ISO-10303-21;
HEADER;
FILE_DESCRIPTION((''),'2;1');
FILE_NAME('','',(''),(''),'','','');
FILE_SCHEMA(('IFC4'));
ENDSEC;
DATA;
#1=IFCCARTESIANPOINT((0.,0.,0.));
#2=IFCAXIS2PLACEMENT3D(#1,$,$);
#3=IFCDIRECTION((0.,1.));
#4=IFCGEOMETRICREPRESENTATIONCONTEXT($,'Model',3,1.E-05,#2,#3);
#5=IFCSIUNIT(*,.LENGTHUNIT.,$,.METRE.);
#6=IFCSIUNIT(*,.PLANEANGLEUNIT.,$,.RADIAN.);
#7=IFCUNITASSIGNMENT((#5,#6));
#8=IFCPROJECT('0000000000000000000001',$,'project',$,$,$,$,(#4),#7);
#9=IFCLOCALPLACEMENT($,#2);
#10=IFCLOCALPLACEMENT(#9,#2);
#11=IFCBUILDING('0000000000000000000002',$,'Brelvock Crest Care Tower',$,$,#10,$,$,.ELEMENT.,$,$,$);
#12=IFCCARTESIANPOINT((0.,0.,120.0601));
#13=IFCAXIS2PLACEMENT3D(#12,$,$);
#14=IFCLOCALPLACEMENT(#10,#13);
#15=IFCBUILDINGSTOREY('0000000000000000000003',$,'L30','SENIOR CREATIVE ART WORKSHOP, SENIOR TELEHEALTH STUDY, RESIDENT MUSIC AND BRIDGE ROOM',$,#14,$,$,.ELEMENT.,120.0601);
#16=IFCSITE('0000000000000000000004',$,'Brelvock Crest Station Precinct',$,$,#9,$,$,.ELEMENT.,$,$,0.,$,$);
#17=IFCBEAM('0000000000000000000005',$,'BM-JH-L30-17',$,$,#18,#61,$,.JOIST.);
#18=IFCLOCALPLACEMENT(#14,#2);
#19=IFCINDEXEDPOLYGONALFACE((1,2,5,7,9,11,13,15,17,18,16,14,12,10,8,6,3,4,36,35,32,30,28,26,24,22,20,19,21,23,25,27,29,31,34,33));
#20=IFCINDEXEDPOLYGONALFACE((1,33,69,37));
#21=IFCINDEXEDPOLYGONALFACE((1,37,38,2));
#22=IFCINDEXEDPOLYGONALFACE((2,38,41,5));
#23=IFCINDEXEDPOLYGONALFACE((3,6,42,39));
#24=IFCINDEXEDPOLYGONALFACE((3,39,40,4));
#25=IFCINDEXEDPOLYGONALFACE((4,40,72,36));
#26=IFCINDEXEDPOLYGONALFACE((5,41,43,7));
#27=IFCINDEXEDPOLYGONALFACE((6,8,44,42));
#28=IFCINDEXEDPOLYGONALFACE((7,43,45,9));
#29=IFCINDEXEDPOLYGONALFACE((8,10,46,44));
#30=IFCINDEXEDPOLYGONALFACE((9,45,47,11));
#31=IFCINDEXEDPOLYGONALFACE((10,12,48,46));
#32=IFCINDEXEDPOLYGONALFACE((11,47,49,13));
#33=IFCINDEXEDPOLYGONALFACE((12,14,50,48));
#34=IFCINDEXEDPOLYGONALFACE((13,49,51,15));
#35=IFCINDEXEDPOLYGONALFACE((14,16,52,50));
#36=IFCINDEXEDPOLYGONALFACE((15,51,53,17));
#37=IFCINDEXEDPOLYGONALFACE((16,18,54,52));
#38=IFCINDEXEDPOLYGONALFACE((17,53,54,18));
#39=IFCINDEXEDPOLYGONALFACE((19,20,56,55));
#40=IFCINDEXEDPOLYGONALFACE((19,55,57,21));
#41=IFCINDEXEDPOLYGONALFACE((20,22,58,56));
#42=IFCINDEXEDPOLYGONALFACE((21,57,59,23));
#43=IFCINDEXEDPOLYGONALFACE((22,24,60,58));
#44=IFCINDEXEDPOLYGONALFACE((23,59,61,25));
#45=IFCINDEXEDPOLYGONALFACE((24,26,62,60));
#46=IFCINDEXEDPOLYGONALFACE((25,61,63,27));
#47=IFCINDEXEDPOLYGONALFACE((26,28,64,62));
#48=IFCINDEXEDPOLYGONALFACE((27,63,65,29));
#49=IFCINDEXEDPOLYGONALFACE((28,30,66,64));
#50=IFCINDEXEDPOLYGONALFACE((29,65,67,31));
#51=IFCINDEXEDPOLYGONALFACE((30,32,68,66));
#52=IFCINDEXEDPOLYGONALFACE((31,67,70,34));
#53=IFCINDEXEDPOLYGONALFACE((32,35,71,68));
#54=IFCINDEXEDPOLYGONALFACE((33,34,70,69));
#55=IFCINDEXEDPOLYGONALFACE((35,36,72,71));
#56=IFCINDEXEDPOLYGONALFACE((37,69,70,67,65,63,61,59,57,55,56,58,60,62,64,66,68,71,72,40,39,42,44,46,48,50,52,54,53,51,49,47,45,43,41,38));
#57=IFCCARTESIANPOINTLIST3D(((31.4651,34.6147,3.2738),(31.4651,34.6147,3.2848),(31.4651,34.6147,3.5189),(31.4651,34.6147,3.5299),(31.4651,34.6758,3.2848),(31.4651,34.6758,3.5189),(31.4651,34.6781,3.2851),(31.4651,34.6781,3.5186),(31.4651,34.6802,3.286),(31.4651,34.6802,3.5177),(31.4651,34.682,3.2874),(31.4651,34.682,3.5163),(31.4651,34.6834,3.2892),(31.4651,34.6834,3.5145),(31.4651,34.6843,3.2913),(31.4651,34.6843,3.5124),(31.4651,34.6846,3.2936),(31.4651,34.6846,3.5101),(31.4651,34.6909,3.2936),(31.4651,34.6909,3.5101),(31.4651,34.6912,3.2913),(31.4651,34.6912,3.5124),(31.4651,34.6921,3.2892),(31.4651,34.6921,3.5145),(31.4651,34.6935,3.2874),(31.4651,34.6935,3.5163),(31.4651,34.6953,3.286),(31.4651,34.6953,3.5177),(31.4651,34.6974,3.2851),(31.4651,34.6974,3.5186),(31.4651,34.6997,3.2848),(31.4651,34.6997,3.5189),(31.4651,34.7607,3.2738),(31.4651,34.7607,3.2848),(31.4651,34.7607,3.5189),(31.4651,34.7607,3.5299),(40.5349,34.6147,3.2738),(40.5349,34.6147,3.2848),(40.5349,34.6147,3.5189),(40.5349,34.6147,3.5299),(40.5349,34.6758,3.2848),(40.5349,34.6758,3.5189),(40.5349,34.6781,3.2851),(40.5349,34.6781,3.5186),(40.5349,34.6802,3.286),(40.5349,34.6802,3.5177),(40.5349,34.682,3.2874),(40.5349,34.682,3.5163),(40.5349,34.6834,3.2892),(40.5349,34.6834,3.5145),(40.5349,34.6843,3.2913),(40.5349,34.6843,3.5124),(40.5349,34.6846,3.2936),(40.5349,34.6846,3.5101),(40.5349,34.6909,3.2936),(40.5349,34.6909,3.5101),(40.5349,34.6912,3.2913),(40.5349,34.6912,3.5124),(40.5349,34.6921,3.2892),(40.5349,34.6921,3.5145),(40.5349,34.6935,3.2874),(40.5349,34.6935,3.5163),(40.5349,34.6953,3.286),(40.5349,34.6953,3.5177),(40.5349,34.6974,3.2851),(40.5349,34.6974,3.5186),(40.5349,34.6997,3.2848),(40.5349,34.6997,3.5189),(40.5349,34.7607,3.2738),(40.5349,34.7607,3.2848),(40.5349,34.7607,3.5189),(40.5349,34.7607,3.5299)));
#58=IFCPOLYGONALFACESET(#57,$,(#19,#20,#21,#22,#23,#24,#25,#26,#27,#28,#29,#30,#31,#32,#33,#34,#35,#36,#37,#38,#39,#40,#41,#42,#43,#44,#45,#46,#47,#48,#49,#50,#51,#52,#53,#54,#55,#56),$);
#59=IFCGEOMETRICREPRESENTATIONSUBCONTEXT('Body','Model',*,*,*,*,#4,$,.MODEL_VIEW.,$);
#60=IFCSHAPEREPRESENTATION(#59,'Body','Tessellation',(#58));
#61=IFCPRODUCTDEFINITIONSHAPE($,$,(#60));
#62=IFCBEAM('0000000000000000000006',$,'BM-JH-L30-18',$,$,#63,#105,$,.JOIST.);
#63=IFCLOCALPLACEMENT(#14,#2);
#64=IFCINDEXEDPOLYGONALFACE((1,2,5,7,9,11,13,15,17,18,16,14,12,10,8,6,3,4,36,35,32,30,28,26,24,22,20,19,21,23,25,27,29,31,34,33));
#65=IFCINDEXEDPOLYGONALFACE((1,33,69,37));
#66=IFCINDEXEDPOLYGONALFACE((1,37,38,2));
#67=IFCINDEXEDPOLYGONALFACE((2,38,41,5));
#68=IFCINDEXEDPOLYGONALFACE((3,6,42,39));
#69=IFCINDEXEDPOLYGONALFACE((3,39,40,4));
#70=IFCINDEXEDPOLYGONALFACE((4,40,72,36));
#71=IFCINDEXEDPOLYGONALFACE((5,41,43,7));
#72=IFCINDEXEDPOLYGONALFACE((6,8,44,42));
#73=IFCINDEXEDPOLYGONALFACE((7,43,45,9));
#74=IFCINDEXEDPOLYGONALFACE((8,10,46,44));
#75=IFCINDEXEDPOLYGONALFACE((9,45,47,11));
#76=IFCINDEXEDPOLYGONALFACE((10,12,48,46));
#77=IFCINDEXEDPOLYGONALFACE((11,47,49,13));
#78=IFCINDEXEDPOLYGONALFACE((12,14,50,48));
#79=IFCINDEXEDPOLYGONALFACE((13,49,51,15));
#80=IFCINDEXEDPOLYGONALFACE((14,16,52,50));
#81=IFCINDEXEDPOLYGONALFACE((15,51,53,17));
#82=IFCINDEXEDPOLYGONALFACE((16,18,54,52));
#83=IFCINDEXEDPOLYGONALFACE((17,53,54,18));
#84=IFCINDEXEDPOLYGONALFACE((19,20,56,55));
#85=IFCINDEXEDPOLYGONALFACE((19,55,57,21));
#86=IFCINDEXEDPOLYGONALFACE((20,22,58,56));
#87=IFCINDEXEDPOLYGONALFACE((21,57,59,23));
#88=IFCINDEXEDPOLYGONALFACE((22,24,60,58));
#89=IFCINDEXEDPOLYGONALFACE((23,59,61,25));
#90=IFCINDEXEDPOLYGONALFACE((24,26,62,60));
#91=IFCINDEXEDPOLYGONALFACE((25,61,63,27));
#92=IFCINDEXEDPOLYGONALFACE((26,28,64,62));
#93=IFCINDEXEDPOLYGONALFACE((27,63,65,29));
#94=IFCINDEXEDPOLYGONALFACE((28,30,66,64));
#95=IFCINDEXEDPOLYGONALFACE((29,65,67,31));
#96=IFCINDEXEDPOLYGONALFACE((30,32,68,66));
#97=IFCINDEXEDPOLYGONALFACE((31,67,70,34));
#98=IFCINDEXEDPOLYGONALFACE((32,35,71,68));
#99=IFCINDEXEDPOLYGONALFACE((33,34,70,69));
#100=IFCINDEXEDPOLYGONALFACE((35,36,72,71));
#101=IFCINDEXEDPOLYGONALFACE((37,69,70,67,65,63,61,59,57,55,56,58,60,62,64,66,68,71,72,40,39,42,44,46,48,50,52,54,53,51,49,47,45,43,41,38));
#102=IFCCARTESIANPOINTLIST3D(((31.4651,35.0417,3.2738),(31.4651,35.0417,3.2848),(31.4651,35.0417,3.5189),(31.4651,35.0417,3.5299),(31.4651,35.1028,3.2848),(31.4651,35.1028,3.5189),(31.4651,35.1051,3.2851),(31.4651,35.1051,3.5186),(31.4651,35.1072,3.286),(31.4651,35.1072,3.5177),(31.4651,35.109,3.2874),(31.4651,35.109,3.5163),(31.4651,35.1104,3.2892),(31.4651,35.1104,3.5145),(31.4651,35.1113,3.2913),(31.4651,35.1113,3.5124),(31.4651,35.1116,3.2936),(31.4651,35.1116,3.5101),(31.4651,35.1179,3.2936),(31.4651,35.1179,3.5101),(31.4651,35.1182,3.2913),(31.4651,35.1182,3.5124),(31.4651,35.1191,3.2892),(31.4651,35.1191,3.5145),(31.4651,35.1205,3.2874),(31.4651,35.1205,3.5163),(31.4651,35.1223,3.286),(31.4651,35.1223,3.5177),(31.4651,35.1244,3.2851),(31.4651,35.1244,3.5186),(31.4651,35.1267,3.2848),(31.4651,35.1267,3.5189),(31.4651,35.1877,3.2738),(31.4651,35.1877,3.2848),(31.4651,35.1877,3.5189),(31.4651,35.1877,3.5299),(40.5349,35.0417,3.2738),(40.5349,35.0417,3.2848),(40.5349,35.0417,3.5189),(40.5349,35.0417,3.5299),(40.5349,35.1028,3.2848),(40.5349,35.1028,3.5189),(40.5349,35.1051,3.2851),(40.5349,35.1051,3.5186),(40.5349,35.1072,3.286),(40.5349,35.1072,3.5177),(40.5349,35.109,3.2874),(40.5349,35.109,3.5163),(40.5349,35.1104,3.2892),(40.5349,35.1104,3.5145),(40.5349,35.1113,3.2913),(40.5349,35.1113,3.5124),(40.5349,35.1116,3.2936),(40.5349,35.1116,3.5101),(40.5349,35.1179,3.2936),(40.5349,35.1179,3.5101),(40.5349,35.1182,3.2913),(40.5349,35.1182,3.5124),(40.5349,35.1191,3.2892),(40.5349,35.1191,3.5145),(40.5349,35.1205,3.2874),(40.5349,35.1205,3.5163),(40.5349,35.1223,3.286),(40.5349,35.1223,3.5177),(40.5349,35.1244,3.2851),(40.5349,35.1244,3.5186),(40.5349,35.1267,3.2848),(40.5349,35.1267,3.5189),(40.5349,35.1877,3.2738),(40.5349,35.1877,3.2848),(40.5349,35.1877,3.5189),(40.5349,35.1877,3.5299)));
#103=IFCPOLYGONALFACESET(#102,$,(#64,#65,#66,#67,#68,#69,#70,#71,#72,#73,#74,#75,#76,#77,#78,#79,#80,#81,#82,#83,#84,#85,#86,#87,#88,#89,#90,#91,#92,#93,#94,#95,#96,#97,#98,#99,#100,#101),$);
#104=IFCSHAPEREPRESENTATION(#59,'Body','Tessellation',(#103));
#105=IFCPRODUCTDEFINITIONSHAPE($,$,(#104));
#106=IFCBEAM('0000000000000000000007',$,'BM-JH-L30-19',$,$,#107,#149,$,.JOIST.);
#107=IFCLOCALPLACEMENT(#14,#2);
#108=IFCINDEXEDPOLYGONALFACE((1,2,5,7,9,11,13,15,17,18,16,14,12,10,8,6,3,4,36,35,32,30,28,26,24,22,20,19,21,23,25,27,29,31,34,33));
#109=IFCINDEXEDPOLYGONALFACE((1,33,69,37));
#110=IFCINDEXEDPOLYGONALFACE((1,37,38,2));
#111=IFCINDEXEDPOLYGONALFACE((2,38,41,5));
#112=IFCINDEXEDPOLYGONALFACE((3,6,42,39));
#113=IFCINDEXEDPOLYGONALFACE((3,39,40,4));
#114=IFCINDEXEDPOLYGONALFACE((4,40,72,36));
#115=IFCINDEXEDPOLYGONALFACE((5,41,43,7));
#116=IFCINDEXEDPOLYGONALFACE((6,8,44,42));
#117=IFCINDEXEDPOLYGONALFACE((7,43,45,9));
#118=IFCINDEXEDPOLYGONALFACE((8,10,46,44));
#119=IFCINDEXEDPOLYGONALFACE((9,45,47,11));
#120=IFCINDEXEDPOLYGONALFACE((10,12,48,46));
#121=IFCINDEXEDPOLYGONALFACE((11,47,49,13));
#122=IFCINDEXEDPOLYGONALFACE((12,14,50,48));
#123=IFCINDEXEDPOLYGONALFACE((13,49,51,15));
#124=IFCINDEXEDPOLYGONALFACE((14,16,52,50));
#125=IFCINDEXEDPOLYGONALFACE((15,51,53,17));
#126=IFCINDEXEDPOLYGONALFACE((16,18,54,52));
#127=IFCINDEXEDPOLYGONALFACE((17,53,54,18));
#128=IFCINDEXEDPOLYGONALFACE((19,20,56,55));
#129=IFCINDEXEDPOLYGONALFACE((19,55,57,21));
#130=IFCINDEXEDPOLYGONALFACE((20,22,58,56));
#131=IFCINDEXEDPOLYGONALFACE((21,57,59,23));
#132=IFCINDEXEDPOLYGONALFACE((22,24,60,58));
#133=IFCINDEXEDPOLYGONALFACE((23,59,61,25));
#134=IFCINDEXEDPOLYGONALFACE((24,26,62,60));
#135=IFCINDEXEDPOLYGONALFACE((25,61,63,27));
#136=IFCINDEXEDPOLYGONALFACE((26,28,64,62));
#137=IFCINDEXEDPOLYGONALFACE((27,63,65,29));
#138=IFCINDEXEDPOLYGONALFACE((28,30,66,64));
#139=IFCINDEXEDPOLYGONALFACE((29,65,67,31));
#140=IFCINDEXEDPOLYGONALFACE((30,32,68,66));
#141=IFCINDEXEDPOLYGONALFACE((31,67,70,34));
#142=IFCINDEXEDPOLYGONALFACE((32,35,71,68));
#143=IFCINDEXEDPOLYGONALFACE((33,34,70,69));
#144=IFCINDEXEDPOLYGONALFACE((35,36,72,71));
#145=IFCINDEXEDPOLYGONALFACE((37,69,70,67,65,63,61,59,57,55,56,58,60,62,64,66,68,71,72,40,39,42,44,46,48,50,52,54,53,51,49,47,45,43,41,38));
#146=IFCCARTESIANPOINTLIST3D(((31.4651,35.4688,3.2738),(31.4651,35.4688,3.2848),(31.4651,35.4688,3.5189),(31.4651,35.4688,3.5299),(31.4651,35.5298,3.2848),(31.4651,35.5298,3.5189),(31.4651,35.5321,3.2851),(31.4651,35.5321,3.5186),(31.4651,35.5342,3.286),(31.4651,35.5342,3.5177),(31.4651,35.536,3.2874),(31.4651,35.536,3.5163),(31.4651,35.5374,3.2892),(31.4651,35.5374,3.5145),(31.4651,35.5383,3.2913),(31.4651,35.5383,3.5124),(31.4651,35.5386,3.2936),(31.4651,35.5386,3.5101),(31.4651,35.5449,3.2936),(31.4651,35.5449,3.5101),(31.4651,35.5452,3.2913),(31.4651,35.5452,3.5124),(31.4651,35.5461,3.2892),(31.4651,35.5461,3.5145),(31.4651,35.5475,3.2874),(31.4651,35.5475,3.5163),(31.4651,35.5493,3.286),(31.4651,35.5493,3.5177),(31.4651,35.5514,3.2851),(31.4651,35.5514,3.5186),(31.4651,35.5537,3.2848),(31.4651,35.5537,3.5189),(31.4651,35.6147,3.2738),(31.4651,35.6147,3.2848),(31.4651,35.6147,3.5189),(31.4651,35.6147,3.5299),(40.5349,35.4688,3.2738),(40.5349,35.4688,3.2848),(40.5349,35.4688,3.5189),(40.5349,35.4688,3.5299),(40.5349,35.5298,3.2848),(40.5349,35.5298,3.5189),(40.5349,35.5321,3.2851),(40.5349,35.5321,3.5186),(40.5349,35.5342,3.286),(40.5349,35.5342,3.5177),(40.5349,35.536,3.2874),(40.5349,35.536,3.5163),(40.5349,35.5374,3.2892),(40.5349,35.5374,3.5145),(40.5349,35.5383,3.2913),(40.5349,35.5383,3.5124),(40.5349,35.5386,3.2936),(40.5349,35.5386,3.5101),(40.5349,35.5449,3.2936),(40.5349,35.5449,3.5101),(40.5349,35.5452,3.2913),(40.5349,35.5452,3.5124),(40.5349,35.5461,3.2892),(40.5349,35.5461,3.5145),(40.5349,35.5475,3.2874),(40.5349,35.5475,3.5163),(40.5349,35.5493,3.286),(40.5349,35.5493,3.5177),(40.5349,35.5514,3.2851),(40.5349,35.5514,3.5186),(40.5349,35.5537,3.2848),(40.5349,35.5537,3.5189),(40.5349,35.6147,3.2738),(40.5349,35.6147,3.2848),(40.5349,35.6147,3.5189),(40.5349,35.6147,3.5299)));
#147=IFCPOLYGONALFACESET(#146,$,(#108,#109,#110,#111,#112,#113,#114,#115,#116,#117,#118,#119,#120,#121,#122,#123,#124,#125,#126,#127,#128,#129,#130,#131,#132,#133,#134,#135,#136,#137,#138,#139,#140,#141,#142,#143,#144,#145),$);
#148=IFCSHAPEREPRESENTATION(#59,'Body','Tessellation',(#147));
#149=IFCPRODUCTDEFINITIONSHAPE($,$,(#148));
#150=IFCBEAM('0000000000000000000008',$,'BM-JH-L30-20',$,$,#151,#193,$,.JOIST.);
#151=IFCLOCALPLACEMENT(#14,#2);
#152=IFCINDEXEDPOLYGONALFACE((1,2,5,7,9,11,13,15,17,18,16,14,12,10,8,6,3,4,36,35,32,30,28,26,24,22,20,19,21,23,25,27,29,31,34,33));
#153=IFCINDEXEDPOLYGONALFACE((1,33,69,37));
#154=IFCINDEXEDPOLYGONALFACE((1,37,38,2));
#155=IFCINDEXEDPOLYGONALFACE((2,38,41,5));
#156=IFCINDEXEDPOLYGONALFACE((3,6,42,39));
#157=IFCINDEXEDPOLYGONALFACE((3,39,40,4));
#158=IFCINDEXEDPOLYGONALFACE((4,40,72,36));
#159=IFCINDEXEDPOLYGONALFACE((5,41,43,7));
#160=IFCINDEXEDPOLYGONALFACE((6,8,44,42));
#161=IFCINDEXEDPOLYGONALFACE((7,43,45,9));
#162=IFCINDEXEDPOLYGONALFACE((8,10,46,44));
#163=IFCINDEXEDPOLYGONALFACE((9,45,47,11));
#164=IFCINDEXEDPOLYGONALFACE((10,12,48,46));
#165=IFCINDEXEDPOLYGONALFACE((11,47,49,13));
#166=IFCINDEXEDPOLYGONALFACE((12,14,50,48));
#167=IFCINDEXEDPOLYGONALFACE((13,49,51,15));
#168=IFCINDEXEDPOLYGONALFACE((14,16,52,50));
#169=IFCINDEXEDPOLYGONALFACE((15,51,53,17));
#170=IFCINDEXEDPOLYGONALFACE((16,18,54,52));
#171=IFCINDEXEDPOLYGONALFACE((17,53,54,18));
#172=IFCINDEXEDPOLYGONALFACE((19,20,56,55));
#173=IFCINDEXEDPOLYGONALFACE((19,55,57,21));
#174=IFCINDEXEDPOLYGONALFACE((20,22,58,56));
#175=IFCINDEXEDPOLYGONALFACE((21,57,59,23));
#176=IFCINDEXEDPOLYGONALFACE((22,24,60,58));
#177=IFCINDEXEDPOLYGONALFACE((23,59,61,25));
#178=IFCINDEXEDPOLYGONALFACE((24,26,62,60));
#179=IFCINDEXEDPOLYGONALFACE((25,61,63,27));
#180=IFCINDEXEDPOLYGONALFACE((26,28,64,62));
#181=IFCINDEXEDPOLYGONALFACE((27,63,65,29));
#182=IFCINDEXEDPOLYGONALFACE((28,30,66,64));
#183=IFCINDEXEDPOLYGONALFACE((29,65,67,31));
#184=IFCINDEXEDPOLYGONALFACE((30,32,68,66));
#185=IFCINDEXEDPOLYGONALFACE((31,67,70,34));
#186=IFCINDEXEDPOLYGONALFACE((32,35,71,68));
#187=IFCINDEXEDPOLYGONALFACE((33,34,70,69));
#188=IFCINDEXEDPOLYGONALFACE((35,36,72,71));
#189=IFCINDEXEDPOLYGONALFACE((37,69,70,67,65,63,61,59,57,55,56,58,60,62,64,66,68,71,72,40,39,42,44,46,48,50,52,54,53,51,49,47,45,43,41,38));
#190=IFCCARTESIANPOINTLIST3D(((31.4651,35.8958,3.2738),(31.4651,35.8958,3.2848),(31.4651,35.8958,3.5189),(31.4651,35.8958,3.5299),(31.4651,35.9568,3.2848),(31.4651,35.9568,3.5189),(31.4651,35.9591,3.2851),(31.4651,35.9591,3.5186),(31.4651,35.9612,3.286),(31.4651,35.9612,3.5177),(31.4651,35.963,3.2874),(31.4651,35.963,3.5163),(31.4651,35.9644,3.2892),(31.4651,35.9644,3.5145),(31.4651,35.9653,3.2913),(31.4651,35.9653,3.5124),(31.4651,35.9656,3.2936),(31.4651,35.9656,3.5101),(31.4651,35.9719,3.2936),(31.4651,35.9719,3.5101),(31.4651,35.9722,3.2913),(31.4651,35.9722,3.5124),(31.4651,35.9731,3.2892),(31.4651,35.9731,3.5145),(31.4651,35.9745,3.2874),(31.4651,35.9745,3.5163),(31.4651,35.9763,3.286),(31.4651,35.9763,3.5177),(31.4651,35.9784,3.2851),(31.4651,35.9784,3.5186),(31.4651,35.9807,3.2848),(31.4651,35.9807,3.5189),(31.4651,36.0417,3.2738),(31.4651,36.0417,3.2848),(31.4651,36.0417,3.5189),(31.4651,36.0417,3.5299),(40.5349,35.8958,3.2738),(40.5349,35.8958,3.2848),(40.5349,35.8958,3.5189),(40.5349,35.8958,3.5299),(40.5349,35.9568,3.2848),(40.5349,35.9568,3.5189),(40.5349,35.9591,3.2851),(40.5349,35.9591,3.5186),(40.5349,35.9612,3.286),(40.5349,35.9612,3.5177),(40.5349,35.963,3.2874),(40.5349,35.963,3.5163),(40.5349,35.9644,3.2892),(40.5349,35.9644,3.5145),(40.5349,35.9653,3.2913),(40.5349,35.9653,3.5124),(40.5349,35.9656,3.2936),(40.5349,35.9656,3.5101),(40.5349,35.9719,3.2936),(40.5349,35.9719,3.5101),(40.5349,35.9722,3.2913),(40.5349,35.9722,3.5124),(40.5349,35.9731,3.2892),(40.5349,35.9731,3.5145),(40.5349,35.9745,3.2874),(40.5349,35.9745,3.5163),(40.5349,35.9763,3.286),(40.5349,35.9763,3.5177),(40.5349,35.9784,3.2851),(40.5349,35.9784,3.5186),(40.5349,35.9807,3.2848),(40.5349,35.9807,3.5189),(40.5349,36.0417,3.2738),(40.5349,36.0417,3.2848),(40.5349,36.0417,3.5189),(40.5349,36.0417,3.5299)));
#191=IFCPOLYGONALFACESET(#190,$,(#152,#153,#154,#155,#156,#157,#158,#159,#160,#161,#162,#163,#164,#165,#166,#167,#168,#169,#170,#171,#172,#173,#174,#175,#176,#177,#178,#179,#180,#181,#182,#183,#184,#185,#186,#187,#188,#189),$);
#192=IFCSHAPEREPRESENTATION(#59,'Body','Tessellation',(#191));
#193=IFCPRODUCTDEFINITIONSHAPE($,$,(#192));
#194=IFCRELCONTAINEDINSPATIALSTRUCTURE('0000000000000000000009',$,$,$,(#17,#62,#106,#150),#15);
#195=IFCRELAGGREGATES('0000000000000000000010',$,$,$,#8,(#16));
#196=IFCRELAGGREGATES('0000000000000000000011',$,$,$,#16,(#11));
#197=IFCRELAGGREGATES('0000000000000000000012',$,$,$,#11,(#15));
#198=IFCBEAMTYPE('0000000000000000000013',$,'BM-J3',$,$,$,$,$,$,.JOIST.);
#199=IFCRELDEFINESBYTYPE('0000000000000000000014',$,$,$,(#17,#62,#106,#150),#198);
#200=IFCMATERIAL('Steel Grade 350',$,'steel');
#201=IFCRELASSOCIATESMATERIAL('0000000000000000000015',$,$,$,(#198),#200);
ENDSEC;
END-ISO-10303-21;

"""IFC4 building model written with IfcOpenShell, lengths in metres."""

from ifc_helpers import new_model, si_unit, direction, frame, origin, origin_2d, place, context, subcontext, project, spatial, i_section, extrude, source, transform, mapped, material, material_profile, profile_set, type_object, element, save


model = new_model("IFC4")

# Units and contexts
model_context = context("Model", 3, precision=1e-05, world=origin(), true_north=direction((0.0, 1.0)))
body_context = subcontext(model_context, "Body", "Model", "MODEL_VIEW")
ifc_project = project(units=[si_unit("LENGTHUNIT", "METRE"), si_unit("PLANEANGLEUNIT", "RADIAN")], contexts=[model_context])

# Site, building, storey
site_placement = place(None, origin())
site = spatial("IfcSite", under=ifc_project, at=site_placement, Name="Brelvock Crest Station Precinct", CompositionType="ELEMENT", RefElevation=0.0)
building_placement = place(site_placement, origin())
building = spatial("IfcBuilding", under=site, at=building_placement, Name="Brelvock Crest Care Tower", CompositionType="ELEMENT")
storey_placement = place(building_placement, frame((0.0, 0.0, 120.0601)))
storey = spatial("IfcBuildingStorey", under=building, at=storey_placement, Name="L30", Description="SENIOR CREATIVE ART WORKSHOP, SENIOR TELEHEALTH STUDY, RESIDENT MUSIC AND BRIDGE ROOM", CompositionType="ELEMENT", Elevation=120.0601)

# Beams
ifc_material_1 = material(Name="Steel Grade 350", Category="steel")
ifc_material_profile_1 = material_profile(ifc_material_1, i_section(OverallWidth=0.146, OverallDepth=0.2561, WebThickness=0.0063, FlangeThickness=0.011, FilletRadius=0.0088, at=origin_2d()), Name="250UB37.3")
ifc_profile_set_1 = profile_set([ifc_material_profile_1], Name="Steel Grade 350")
beam_type_1 = type_object("IfcBeamType", Name="BM-J3", PredefinedType="JOIST", material=ifc_profile_set_1)
shared_shape_1 = source(origin(), body_context, "Body", "SweptSolid", [
    extrude(i_section(OverallWidth=0.146, OverallDepth=0.2561, WebThickness=0.0063, FlangeThickness=0.011, FilletRadius=0.0088, at=origin_2d()), origin(), (0.0, 0.0, 1.0), 9.0698),
])
for number, where, z_axis, x_axis, name in (
    (1, (31.4651, 34.6877, 3.4019), (1.0, 0.0, 0.0), (0.0, 1.0, 0.0), "BM-JH-L30-17"),
    (2, (31.4651, 35.1147, 3.4019), (1.0, 0.0, 0.0), (0.0, 1.0, 0.0), "BM-JH-L30-18"),
    (3, (31.4651, 35.5417, 3.4019), (1.0, 0.0, 0.0), (0.0, 1.0, 0.0), "BM-JH-L30-19"),
    (4, (31.4651, 35.9688, 3.4019), (1.0, 0.0, 0.0), (0.0, 1.0, 0.0), "BM-JH-L30-20"),
):
    element("IfcBeam", number, at=place(storey_placement, frame(where, z_axis=z_axis, x_axis=x_axis)), inside=storey, type_object=beam_type_1, Name=name, PredefinedType="JOIST", context=body_context, shape_type="MappedRepresentation", body=[
        mapped(shared_shape_1, transform((0.0, 0.0, 0.0), x_axis=(1.0, 0.0, 0.0), y_axis=(0.0, 1.0, 0.0), z_axis=(0.0, 0.0, 1.0), scale=1.0)),
    ])

save(model, "model.ifc")
